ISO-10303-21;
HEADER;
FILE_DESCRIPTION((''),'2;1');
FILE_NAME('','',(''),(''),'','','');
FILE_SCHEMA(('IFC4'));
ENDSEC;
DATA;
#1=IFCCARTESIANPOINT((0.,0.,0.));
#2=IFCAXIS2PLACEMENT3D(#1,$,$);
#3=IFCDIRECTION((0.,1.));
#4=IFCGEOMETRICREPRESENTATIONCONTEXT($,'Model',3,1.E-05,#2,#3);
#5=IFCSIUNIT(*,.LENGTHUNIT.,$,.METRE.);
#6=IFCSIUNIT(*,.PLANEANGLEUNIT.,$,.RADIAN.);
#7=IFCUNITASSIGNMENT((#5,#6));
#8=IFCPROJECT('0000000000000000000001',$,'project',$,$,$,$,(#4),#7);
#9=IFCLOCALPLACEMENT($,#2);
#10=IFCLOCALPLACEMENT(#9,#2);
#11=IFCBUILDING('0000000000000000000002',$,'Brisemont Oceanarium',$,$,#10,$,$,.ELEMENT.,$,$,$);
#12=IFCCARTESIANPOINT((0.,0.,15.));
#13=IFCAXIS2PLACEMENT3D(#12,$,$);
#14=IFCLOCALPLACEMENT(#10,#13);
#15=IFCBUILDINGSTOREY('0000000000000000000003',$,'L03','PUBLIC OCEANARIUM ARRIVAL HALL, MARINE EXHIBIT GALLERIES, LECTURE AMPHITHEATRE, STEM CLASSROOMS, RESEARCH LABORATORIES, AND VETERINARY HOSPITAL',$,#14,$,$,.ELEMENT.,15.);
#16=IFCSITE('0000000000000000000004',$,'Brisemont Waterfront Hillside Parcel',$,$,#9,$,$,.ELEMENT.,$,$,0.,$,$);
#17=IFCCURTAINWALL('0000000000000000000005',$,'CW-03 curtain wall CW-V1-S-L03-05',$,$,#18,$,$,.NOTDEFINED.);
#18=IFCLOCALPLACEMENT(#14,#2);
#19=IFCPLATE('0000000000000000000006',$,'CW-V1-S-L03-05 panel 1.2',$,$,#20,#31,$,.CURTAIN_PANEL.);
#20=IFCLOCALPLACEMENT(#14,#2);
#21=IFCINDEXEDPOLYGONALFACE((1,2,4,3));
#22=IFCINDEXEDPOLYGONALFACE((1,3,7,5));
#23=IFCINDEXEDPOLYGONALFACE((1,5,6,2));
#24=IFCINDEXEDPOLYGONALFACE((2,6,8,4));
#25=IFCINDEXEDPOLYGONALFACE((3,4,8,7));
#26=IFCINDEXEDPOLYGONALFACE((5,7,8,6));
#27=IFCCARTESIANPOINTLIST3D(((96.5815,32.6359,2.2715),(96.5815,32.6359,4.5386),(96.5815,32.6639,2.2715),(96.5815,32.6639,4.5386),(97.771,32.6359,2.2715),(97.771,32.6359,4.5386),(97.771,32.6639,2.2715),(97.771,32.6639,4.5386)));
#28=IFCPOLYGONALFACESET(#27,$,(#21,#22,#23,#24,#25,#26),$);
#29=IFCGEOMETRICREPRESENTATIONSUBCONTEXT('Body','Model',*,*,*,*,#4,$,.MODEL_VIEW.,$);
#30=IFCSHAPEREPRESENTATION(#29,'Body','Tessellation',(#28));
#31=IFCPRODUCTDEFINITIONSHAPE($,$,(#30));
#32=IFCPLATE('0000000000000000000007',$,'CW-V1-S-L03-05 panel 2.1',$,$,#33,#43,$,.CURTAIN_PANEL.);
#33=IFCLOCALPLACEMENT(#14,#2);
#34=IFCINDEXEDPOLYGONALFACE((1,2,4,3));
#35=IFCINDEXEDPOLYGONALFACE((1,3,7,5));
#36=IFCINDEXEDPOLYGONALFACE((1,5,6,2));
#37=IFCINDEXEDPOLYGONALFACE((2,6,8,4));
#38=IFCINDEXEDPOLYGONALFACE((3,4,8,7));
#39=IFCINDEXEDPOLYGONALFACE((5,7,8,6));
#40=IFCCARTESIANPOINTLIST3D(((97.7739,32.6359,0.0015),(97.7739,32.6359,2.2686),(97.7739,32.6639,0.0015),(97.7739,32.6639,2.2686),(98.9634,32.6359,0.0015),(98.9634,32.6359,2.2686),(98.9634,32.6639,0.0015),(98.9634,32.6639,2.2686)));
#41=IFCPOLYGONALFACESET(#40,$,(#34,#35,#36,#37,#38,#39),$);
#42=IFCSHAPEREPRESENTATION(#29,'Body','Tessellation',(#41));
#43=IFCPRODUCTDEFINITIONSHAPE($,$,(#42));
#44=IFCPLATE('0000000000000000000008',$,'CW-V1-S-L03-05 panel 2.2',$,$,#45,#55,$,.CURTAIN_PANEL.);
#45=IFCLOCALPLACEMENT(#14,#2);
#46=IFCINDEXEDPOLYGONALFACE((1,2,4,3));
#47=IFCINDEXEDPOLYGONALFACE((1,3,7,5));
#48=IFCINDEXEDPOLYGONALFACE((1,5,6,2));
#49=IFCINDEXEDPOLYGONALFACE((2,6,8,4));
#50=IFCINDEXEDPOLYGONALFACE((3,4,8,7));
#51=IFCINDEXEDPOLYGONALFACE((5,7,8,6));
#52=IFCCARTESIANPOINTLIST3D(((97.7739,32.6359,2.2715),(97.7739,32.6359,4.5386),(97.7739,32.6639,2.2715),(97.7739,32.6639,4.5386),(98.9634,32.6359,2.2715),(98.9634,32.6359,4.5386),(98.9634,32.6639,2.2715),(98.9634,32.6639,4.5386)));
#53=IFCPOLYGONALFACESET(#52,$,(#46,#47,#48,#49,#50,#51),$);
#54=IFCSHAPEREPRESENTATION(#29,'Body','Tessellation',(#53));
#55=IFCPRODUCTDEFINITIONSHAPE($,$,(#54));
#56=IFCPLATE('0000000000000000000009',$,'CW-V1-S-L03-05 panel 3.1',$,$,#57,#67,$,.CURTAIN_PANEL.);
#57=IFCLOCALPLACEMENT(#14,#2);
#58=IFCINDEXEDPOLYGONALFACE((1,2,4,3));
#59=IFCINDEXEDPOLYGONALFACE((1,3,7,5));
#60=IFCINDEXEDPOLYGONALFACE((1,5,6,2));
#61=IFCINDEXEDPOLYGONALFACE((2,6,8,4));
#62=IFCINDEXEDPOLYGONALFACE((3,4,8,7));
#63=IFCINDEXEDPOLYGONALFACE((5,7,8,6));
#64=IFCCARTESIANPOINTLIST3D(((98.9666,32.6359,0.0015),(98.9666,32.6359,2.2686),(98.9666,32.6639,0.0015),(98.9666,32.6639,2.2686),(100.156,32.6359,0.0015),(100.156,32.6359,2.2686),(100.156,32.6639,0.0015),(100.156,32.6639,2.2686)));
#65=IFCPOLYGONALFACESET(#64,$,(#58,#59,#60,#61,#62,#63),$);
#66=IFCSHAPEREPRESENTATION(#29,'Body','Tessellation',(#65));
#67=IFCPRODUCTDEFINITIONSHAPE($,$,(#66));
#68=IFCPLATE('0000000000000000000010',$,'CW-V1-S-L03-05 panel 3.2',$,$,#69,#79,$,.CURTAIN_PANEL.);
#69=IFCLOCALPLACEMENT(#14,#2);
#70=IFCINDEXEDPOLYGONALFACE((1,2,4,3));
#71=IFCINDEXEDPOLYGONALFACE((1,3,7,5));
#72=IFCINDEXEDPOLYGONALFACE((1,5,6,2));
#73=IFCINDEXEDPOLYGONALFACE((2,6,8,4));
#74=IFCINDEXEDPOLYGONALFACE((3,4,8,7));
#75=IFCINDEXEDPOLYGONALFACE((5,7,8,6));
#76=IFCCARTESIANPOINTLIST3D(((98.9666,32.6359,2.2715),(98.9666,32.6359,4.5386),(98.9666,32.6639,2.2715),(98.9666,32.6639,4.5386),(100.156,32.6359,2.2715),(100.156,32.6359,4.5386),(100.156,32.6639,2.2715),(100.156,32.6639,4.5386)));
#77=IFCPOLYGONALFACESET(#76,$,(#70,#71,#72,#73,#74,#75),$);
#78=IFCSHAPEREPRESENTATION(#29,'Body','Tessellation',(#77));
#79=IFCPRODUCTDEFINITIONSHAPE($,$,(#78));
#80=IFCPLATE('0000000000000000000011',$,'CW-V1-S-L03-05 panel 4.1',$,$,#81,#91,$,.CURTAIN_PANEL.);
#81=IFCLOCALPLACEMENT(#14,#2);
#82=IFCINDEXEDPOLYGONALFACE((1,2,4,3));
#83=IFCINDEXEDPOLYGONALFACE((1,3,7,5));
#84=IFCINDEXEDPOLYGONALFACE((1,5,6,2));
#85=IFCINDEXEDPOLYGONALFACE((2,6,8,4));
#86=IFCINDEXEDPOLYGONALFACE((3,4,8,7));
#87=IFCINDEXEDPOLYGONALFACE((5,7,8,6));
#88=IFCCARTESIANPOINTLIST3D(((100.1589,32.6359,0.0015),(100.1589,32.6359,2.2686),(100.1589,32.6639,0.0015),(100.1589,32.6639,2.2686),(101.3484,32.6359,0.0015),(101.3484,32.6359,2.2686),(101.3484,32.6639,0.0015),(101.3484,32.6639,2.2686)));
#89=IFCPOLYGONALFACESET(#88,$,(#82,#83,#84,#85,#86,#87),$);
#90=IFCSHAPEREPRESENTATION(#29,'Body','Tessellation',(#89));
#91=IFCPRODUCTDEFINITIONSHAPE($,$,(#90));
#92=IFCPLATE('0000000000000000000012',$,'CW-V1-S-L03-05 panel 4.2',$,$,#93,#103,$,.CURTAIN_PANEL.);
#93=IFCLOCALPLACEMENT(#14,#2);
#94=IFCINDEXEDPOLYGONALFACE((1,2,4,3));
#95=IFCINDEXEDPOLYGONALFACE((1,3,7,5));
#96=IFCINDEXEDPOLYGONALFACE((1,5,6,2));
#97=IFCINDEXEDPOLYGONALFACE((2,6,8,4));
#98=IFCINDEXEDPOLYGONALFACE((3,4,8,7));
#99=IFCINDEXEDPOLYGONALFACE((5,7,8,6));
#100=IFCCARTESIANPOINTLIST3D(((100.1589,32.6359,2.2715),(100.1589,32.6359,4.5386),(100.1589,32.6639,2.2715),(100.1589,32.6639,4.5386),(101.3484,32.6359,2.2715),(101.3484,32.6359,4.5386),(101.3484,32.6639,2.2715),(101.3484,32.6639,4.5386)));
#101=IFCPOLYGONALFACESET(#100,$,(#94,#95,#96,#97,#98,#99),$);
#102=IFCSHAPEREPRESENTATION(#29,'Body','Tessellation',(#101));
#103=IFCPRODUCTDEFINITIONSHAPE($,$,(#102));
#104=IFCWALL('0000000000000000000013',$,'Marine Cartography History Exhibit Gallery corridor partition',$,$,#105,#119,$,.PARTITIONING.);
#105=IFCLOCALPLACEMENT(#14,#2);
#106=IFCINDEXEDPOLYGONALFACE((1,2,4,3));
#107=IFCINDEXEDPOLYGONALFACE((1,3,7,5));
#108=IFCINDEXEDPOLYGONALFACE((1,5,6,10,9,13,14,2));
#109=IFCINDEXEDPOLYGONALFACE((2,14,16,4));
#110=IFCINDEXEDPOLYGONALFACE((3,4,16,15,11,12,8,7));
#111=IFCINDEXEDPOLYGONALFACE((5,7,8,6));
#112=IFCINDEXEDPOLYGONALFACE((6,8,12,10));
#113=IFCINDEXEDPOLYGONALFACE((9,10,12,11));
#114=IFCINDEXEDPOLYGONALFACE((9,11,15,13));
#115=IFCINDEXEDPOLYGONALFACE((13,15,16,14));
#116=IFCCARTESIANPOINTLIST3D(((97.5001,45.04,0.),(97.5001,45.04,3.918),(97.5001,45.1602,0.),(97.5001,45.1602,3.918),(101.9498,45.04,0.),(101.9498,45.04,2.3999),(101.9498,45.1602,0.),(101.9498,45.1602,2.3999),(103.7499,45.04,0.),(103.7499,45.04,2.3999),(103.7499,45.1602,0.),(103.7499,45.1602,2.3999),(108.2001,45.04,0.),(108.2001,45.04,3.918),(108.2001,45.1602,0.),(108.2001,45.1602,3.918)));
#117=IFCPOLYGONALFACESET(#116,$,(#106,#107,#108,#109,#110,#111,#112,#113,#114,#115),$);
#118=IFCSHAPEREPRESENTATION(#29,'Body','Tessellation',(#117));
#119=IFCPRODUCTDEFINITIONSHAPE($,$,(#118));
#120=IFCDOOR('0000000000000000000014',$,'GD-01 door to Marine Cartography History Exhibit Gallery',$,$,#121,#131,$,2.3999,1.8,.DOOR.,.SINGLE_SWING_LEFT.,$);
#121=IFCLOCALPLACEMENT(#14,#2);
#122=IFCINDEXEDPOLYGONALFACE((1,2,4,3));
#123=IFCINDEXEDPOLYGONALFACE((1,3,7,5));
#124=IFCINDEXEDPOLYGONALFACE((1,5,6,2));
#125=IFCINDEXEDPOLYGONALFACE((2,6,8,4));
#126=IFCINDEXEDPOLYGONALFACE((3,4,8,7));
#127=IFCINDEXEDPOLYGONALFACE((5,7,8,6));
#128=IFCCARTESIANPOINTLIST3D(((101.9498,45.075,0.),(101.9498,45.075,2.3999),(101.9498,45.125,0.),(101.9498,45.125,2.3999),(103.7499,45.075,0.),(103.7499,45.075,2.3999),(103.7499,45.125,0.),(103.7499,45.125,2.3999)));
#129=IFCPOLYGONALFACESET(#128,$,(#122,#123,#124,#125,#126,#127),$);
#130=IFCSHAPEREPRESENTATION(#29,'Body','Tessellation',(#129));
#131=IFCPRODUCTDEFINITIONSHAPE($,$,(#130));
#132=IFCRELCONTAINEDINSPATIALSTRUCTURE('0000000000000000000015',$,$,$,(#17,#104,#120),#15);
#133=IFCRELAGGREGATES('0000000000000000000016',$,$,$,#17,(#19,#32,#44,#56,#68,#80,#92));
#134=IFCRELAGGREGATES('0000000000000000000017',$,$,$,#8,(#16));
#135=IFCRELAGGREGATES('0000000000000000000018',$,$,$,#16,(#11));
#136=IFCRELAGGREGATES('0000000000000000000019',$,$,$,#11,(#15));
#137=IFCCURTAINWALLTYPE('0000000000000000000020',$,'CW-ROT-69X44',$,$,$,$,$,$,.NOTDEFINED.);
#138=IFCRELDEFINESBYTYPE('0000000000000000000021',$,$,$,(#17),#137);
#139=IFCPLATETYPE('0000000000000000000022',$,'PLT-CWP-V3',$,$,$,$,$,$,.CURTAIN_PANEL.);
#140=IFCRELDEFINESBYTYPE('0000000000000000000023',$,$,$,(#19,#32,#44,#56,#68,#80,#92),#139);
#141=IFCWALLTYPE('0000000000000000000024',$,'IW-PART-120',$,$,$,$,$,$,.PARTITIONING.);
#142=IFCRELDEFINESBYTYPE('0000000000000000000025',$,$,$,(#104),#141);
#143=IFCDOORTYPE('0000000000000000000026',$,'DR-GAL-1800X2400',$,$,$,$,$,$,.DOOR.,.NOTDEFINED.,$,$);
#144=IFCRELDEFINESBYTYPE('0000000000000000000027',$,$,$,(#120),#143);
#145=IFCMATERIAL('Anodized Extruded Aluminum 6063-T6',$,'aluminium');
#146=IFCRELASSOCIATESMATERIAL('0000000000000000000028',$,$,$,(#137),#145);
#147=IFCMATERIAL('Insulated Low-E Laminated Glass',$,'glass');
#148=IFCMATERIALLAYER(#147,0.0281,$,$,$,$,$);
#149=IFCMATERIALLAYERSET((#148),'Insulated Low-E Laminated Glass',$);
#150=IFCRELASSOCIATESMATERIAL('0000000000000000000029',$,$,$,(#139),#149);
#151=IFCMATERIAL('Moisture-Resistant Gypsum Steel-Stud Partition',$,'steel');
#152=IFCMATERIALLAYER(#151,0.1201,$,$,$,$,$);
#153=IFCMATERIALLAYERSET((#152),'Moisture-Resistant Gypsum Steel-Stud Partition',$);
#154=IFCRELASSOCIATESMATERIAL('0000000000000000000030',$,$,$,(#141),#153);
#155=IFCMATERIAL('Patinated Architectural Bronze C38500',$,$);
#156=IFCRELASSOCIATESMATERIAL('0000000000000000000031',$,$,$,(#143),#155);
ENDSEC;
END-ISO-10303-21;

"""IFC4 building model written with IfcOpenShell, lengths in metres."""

from ifc_helpers import new_model, si_unit, direction, frame, frame_2d, origin, origin_2d, place, context, subcontext, project, spatial, rectangle, extrude, material, layer, layer_set, type_object, element, fill, aggregate, save


model = new_model("IFC4")

# Units and contexts
model_context = context("Model", 3, precision=1e-05, world=origin(), true_north=direction((0.0, 1.0)))
body_context = subcontext(model_context, "Body", "Model", "MODEL_VIEW")
ifc_project = project(units=[si_unit("LENGTHUNIT", "METRE"), si_unit("PLANEANGLEUNIT", "RADIAN")], contexts=[model_context])

# Site, building, storey
site_placement = place(None, origin())
site = spatial("IfcSite", under=ifc_project, at=site_placement, Name="Brisemont Waterfront Hillside Parcel", CompositionType="ELEMENT", RefElevation=0.0)
building_placement = place(site_placement, origin())
building = spatial("IfcBuilding", under=site, at=building_placement, Name="Brisemont Oceanarium", CompositionType="ELEMENT")
storey_placement = place(building_placement, frame((0.0, 0.0, 15.0)))
storey = spatial("IfcBuildingStorey", under=building, at=storey_placement, Name="L03", Description="PUBLIC OCEANARIUM ARRIVAL HALL, MARINE EXHIBIT GALLERIES, LECTURE AMPHITHEATRE, STEM CLASSROOMS, RESEARCH LABORATORIES, AND VETERINARY HOSPITAL", CompositionType="ELEMENT", Elevation=15.0)

# Curtain wall, plates
ifc_material_1 = material(Name="Anodized Extruded Aluminum 6063-T6", Category="aluminium")
curtain_wall_type = type_object("IfcCurtainWallType", Name="CW-ROT-69X44", PredefinedType="NOTDEFINED", material=ifc_material_1)
curtain_wall_placement = place(storey_placement, origin())
curtain_wall = element("IfcCurtainWall", 1, at=curtain_wall_placement, inside=storey, type_object=curtain_wall_type, Name="CW-03 curtain wall CW-V1-S-L03-05", PredefinedType="NOTDEFINED")
ifc_material_2 = material(Name="Insulated Low-E Laminated Glass", Category="glass")
ifc_layer_1 = layer(ifc_material_2, 0.0281)
ifc_layer_set_1 = layer_set([ifc_layer_1], Name="Insulated Low-E Laminated Glass")
plate_type = type_object("IfcPlateType", Name="PLT-CWP-V3", PredefinedType="CURTAIN_PANEL", material=ifc_layer_set_1)
plate_1_placement = place(storey_placement, frame((97.1763, 32.6499, 2.2715), z_axis=(0.0, 0.0, 1.0), x_axis=(1.0, 0.0, 0.0)))
plate_1 = element("IfcPlate", 2, at=plate_1_placement, type_object=plate_type, Name="CW-V1-S-L03-05 panel 1.2", PredefinedType="CURTAIN_PANEL", context=body_context, shape_type="SweptSolid", body=[
    extrude(rectangle(XDim=1.1895, YDim=0.0281, at=origin_2d()), origin(), (0.0, 0.0, 1.0), 2.2671),
])
plate_2_placement = place(storey_placement, frame((98.3687, 32.6499, 0.0015), z_axis=(0.0, 0.0, 1.0), x_axis=(1.0, 0.0, 0.0)))
plate_2 = element("IfcPlate", 3, at=plate_2_placement, type_object=plate_type, Name="CW-V1-S-L03-05 panel 2.1", PredefinedType="CURTAIN_PANEL", context=body_context, shape_type="SweptSolid", body=[
    extrude(rectangle(XDim=1.1895, YDim=0.0281, at=origin_2d()), origin(), (0.0, 0.0, 1.0), 2.2671),
])
plate_3_placement = place(storey_placement, frame((98.3687, 32.6499, 2.2715), z_axis=(0.0, 0.0, 1.0), x_axis=(1.0, 0.0, 0.0)))
plate_3 = element("IfcPlate", 4, at=plate_3_placement, type_object=plate_type, Name="CW-V1-S-L03-05 panel 2.2", PredefinedType="CURTAIN_PANEL", context=body_context, shape_type="SweptSolid", body=[
    extrude(rectangle(XDim=1.1895, YDim=0.0281, at=origin_2d()), origin(), (0.0, 0.0, 1.0), 2.2671),
])
plate_4_placement = place(storey_placement, frame((99.5613, 32.6499, 0.0015), z_axis=(0.0, 0.0, 1.0), x_axis=(1.0, 0.0, 0.0)))
plate_4 = element("IfcPlate", 5, at=plate_4_placement, type_object=plate_type, Name="CW-V1-S-L03-05 panel 3.1", PredefinedType="CURTAIN_PANEL", context=body_context, shape_type="SweptSolid", body=[
    extrude(rectangle(XDim=1.1895, YDim=0.0281, at=origin_2d()), origin(), (0.0, 0.0, 1.0), 2.2671),
])
plate_5_placement = place(storey_placement, frame((99.5613, 32.6499, 2.2715), z_axis=(0.0, 0.0, 1.0), x_axis=(1.0, 0.0, 0.0)))
plate_5 = element("IfcPlate", 6, at=plate_5_placement, type_object=plate_type, Name="CW-V1-S-L03-05 panel 3.2", PredefinedType="CURTAIN_PANEL", context=body_context, shape_type="SweptSolid", body=[
    extrude(rectangle(XDim=1.1895, YDim=0.0281, at=origin_2d()), origin(), (0.0, 0.0, 1.0), 2.2671),
])
plate_6_placement = place(storey_placement, frame((100.7537, 32.6499, 0.0015), z_axis=(0.0, 0.0, 1.0), x_axis=(1.0, 0.0, 0.0)))
plate_6 = element("IfcPlate", 7, at=plate_6_placement, type_object=plate_type, Name="CW-V1-S-L03-05 panel 4.1", PredefinedType="CURTAIN_PANEL", context=body_context, shape_type="SweptSolid", body=[
    extrude(rectangle(XDim=1.1895, YDim=0.0281, at=origin_2d()), origin(), (0.0, 0.0, 1.0), 2.2671),
])
plate_7_placement = place(storey_placement, frame((100.7537, 32.6499, 2.2715), z_axis=(0.0, 0.0, 1.0), x_axis=(1.0, 0.0, 0.0)))
plate_7 = element("IfcPlate", 8, at=plate_7_placement, type_object=plate_type, Name="CW-V1-S-L03-05 panel 4.2", PredefinedType="CURTAIN_PANEL", context=body_context, shape_type="SweptSolid", body=[
    extrude(rectangle(XDim=1.1895, YDim=0.0281, at=origin_2d()), origin(), (0.0, 0.0, 1.0), 2.2671),
])
aggregate(curtain_wall, [plate_1, plate_2, plate_3, plate_4, plate_5, plate_6, plate_7])

# Wall, opening, door
ifc_material_3 = material(Name="Moisture-Resistant Gypsum Steel-Stud Partition", Category="steel")
ifc_layer_2 = layer(ifc_material_3, 0.1201)
ifc_layer_set_2 = layer_set([ifc_layer_2], Name="Moisture-Resistant Gypsum Steel-Stud Partition")
wall_type = type_object("IfcWallType", Name="IW-PART-120", PredefinedType="PARTITIONING", material=ifc_layer_set_2)
wall_placement = place(storey_placement, frame((97.5, 45.1001, 0.0), z_axis=(0.0, 0.0, 1.0), x_axis=(1.0, 0.0, 0.0)))
wall = element("IfcWall", 9, at=wall_placement, inside=storey, type_object=wall_type, Name="Marine Cartography History Exhibit Gallery corridor partition", PredefinedType="PARTITIONING", context=body_context, shape_type="SweptSolid", body=[
    extrude(rectangle(XDim=10.7, YDim=0.1201, at=frame_2d((5.3501, 0.0))), origin(), (0.0, 0.0, 1.0), 3.918),
])
opening_placement = place(wall_placement, frame((4.45, 0.0, 0.0)))
opening = element("IfcOpeningElement", 10, at=opening_placement, cuts=wall, PredefinedType="OPENING", context=body_context, shape_type="SweptSolid", body=[
    extrude(rectangle(XDim=1.8, YDim=2.3999, at=frame_2d((0.8999, 1.2))), frame((0.0, 0.0701, 0.0), z_axis=(0.0, -1.0, 0.0), x_axis=(1.0, 0.0, 0.0)), (0.0, 0.0, 1.0), 0.1401),
])
ifc_material_4 = material(Name="Patinated Architectural Bronze C38500")
door_type = type_object("IfcDoorType", Name="DR-GAL-1800X2400", OperationType="NOTDEFINED", PredefinedType="DOOR", material=ifc_material_4)
door_placement = place(opening_placement, origin())
door = element("IfcDoor", 11, at=door_placement, inside=storey, type_object=door_type, Name="GD-01 door to Marine Cartography History Exhibit Gallery", OperationType="SINGLE_SWING_LEFT", OverallHeight=2.3999, OverallWidth=1.8, PredefinedType="DOOR", context=body_context, shape_type="SweptSolid", body=[
    extrude(rectangle(XDim=1.8, YDim=2.3999, at=frame_2d((0.8999, 1.2))), frame((0.0, 0.0249, 0.0), z_axis=(0.0, -1.0, 0.0), x_axis=(1.0, 0.0, 0.0)), (0.0, 0.0, 1.0), 0.05),
])
fill(opening, door)

save(model, "model.ifc")
